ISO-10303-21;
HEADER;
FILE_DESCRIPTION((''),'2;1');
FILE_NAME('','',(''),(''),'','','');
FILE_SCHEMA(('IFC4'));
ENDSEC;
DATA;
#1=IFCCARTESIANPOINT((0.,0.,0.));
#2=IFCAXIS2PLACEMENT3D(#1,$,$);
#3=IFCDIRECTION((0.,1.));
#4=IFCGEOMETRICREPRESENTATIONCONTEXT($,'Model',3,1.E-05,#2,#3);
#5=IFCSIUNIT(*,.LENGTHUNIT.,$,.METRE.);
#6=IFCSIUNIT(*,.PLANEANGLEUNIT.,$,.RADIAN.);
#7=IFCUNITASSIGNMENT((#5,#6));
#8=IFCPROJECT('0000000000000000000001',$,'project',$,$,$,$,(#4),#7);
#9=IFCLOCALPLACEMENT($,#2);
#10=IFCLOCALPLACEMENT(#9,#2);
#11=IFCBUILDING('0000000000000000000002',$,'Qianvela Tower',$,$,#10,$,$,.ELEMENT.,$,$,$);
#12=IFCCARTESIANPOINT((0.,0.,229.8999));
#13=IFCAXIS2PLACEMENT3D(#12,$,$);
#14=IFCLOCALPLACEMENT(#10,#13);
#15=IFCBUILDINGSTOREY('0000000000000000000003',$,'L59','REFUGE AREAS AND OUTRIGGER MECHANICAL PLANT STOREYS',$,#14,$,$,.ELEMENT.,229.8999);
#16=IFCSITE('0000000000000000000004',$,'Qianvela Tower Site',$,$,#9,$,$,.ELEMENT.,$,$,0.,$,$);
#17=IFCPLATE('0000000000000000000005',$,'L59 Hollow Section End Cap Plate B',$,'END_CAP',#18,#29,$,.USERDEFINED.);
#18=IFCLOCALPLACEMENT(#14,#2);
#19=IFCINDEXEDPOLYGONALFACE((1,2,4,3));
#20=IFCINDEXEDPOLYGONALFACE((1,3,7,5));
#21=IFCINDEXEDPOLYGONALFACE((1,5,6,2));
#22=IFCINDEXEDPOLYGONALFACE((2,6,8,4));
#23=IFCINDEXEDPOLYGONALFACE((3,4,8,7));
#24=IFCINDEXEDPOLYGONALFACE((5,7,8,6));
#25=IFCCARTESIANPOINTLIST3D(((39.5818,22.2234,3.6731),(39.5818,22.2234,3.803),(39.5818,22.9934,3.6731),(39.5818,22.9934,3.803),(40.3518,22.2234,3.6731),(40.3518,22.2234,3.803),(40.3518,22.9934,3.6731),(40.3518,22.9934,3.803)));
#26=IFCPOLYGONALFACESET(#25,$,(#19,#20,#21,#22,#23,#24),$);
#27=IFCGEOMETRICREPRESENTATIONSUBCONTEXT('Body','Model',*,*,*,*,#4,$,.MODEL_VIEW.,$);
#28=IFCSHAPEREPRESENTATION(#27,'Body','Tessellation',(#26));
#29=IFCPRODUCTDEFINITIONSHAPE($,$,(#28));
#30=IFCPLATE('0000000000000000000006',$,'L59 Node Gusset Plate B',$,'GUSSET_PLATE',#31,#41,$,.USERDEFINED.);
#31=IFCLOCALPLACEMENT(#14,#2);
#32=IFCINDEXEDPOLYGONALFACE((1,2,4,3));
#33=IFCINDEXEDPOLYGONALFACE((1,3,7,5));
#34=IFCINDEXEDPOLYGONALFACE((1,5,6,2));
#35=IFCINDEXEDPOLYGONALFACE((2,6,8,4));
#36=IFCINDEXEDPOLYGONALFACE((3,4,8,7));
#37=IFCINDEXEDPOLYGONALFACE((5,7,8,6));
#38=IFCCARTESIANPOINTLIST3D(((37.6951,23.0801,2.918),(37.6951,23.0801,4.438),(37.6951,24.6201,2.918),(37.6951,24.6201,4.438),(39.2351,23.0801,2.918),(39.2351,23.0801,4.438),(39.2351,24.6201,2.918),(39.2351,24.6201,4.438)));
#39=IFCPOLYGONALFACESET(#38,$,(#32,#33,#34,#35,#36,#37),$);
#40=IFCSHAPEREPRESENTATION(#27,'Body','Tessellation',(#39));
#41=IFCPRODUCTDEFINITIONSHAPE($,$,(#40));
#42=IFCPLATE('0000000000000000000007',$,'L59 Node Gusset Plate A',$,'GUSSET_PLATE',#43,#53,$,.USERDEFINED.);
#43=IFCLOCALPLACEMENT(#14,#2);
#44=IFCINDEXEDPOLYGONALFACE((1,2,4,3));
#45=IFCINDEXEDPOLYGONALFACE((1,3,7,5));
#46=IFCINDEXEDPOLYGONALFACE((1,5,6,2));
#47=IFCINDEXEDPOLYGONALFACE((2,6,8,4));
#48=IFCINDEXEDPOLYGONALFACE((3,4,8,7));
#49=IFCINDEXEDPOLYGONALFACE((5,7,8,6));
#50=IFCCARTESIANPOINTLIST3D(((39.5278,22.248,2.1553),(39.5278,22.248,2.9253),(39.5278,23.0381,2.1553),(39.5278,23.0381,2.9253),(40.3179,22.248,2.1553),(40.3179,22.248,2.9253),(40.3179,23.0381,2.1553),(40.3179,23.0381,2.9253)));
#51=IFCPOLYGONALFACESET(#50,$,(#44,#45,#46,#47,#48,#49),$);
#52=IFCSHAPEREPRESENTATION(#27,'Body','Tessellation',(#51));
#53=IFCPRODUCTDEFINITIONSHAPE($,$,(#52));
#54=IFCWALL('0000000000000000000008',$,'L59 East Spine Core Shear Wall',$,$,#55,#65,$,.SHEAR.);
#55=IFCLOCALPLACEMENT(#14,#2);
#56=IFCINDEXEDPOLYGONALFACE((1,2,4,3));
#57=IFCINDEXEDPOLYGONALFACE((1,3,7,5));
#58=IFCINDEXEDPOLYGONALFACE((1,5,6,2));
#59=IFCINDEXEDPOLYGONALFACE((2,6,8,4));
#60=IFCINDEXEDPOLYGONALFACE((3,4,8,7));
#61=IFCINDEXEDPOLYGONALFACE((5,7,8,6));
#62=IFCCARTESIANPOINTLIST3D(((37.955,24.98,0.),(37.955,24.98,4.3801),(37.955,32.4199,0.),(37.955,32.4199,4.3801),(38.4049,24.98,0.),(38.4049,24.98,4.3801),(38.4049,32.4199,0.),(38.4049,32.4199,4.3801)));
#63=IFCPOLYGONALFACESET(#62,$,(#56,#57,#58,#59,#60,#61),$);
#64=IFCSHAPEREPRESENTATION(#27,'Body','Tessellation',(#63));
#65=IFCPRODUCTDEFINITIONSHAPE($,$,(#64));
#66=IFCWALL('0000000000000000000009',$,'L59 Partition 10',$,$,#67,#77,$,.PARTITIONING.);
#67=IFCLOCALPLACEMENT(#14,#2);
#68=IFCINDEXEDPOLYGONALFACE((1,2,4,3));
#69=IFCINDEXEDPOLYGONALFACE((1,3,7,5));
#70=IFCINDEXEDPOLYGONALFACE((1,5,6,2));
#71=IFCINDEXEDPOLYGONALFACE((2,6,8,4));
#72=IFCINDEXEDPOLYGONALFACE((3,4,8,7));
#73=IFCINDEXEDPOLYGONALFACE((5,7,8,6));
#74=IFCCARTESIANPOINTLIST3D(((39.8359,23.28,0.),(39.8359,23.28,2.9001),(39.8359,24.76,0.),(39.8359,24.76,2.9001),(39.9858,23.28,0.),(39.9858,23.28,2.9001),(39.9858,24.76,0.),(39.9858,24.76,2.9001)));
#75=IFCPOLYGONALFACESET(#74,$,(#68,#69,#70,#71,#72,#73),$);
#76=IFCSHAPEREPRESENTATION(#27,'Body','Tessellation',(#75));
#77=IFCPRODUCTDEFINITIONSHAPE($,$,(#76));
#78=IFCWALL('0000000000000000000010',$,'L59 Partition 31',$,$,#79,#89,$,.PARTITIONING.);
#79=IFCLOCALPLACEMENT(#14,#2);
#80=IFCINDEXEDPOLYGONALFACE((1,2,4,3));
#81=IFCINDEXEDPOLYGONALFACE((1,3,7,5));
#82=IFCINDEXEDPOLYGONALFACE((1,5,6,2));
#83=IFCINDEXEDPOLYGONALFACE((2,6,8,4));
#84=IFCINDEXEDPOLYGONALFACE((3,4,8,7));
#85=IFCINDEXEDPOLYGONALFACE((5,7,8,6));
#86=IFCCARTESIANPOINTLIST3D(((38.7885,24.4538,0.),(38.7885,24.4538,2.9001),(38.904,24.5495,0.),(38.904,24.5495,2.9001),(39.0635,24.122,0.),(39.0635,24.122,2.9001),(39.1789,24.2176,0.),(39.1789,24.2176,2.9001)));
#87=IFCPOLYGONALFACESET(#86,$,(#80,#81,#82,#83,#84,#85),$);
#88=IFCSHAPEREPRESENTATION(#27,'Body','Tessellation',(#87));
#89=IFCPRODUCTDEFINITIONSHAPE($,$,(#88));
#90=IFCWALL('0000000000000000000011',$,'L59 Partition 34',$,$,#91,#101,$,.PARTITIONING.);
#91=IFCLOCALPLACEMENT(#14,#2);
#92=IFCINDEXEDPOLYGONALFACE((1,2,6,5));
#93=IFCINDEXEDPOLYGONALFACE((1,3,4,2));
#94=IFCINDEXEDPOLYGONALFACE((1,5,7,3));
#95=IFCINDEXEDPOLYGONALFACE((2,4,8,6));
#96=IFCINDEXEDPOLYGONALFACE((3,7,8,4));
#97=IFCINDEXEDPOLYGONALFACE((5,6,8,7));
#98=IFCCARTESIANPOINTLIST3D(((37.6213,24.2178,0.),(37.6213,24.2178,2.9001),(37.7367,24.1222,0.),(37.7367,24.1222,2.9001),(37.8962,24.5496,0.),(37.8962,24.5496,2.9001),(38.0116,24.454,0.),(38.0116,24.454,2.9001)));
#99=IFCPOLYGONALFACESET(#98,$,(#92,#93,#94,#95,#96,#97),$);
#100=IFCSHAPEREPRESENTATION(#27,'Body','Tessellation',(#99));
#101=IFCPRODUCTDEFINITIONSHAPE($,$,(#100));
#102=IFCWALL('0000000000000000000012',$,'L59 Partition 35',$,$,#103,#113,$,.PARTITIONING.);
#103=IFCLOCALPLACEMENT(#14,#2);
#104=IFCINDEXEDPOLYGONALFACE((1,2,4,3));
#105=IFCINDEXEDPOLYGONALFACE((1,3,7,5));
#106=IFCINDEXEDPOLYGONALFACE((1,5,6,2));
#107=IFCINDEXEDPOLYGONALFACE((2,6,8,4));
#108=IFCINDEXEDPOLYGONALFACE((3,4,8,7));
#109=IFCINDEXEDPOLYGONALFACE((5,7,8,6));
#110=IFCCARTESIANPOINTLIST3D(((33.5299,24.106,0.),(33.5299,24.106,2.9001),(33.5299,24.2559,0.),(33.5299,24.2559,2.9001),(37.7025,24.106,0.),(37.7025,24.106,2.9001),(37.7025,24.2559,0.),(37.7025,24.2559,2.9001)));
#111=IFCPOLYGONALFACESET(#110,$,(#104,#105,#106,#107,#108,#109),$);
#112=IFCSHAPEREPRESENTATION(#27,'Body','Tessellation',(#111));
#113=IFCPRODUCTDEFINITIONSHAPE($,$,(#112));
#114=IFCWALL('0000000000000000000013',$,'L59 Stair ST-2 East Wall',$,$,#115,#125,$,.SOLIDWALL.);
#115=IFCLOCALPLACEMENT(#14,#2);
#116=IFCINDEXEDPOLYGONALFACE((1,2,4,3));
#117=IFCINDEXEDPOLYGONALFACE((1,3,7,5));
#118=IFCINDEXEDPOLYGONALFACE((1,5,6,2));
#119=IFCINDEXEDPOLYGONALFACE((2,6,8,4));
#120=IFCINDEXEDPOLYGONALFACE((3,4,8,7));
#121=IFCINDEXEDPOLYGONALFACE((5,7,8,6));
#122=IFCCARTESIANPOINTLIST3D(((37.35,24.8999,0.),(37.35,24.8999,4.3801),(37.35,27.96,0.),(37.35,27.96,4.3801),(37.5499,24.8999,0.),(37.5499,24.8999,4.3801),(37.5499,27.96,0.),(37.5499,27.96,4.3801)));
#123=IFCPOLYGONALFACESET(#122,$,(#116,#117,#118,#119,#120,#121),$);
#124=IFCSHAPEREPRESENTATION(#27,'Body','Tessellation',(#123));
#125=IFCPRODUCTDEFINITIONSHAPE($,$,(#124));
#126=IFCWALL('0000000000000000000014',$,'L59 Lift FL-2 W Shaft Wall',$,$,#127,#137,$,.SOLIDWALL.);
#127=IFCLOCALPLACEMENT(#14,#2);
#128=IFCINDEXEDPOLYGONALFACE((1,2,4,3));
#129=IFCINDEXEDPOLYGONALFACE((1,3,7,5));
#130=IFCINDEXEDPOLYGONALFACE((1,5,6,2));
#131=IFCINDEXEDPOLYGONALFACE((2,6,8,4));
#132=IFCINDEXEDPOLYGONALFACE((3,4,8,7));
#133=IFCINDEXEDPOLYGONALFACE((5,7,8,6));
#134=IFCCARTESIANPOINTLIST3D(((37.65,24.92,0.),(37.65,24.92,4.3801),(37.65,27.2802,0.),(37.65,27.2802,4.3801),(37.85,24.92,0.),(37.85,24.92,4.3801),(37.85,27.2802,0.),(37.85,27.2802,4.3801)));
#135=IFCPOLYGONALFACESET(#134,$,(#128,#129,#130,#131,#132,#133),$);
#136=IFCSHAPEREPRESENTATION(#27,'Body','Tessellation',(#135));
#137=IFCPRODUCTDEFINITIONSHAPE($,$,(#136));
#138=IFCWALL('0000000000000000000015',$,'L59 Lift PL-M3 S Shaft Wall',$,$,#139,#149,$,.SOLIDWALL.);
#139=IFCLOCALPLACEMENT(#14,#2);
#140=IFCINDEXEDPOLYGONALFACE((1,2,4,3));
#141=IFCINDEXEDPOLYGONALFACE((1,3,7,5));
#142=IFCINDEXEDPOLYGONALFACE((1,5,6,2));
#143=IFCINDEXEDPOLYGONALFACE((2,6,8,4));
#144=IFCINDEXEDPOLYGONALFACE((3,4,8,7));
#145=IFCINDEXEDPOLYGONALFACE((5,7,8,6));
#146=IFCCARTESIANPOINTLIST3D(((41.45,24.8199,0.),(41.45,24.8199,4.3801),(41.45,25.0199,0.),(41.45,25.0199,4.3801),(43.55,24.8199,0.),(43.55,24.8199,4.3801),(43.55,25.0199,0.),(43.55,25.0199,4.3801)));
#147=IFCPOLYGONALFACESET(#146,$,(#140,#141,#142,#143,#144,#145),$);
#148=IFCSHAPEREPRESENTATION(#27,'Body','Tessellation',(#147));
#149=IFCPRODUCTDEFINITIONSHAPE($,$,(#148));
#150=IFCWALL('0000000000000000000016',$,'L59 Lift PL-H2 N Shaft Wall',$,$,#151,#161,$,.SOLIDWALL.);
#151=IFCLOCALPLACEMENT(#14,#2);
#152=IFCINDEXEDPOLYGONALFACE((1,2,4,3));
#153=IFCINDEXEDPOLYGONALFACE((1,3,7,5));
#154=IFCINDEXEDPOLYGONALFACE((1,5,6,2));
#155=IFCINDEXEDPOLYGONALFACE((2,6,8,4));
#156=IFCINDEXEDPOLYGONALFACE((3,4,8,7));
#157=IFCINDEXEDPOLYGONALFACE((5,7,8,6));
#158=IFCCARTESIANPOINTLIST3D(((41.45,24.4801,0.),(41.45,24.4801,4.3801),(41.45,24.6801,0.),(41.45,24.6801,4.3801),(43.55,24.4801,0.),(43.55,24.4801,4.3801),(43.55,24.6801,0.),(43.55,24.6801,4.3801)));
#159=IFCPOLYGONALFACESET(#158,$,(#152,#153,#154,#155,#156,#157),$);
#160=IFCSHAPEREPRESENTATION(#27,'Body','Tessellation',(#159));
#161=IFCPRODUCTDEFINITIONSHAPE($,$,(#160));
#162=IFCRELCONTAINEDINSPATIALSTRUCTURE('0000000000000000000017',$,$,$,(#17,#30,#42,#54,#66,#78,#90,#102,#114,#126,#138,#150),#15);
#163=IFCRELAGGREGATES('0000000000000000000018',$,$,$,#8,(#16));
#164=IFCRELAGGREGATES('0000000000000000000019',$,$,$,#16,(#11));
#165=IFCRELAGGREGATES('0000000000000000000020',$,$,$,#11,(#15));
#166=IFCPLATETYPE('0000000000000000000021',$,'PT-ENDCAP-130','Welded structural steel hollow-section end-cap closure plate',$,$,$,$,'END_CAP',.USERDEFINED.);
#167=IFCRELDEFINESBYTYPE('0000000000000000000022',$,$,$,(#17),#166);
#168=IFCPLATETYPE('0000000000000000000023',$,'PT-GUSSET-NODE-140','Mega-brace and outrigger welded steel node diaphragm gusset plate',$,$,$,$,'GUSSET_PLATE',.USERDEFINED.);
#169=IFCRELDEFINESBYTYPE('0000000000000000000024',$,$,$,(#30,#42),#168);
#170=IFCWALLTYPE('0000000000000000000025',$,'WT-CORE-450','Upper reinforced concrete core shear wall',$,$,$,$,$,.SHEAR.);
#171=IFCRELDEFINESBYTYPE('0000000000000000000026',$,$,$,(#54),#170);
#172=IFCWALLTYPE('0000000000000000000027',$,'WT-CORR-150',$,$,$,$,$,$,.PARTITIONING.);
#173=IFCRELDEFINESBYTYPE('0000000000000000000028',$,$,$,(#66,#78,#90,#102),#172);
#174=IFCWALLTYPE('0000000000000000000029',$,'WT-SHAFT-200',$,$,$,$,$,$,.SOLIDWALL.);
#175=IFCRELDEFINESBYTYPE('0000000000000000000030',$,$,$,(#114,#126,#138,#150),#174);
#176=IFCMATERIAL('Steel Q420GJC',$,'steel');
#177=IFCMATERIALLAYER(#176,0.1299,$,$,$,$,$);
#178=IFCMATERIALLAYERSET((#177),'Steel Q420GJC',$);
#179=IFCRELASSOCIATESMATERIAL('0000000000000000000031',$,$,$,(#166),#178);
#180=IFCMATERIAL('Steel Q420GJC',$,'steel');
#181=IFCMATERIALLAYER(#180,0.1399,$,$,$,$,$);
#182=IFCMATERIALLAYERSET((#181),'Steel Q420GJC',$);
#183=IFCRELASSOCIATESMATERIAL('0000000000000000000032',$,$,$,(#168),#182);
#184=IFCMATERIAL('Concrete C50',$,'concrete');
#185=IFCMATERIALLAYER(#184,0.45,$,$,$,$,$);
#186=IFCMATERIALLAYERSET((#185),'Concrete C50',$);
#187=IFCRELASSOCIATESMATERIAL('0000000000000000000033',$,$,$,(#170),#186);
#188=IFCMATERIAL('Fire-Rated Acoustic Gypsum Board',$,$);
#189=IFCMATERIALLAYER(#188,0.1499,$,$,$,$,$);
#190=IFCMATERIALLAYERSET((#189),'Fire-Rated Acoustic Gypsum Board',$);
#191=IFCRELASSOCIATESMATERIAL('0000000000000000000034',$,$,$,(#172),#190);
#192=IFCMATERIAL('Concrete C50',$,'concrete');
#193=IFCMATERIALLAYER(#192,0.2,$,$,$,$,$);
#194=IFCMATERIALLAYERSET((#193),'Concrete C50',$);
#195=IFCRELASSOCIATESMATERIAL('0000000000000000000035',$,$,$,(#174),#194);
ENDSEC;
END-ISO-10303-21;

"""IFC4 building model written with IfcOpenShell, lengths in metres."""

from ifc_helpers import new_model, si_unit, direction, frame, frame_2d, origin, origin_2d, place, context, subcontext, project, spatial, rectangle, extrude, material, layer, layer_set, type_object, element, save


model = new_model("IFC4")

# Units and contexts
model_context = context("Model", 3, precision=1e-05, world=origin(), true_north=direction((0.0, 1.0)))
body_context = subcontext(model_context, "Body", "Model", "MODEL_VIEW")
ifc_project = project(units=[si_unit("LENGTHUNIT", "METRE"), si_unit("PLANEANGLEUNIT", "RADIAN")], contexts=[model_context])

# Site, building, storey
site_placement = place(None, origin())
site = spatial("IfcSite", under=ifc_project, at=site_placement, Name="Qianvela Tower Site", CompositionType="ELEMENT", RefElevation=0.0)
building_placement = place(site_placement, origin())
building = spatial("IfcBuilding", under=site, at=building_placement, Name="Qianvela Tower", CompositionType="ELEMENT")
storey_placement = place(building_placement, frame((0.0, 0.0, 229.8999)))
storey = spatial("IfcBuildingStorey", under=building, at=storey_placement, Name="L59", Description="REFUGE AREAS AND OUTRIGGER MECHANICAL PLANT STOREYS", CompositionType="ELEMENT", Elevation=229.8999)

# Plates
ifc_material_1 = material(Name="Steel Q420GJC", Category="steel")
ifc_layer_1 = layer(ifc_material_1, 0.1299)
ifc_layer_set_1 = layer_set([ifc_layer_1], Name="Steel Q420GJC")
plate_type_1 = type_object("IfcPlateType", Name="PT-ENDCAP-130", Description="Welded structural steel hollow-section end-cap closure plate", ElementType="END_CAP", PredefinedType="USERDEFINED", material=ifc_layer_set_1)
plate_1_placement = place(storey_placement, frame((39.9668, 22.6084, 3.6731), z_axis=(0.0, 0.0, 1.0), x_axis=(1.0, 0.0, 0.0)))
element("IfcPlate", 1, at=plate_1_placement, inside=storey, type_object=plate_type_1, Name="L59 Hollow Section End Cap Plate B", ObjectType="END_CAP", PredefinedType="USERDEFINED", context=body_context, shape_type="SweptSolid", body=[
    extrude(rectangle(XDim=0.77, YDim=0.77, at=origin_2d()), origin(), (0.0, 0.0, 1.0), 0.1299),
])
ifc_material_2 = material(Name="Steel Q420GJC", Category="steel")
ifc_layer_2 = layer(ifc_material_2, 0.1399)
ifc_layer_set_2 = layer_set([ifc_layer_2], Name="Steel Q420GJC")
plate_type_2 = type_object("IfcPlateType", Name="PT-GUSSET-NODE-140", Description="Mega-brace and outrigger welded steel node diaphragm gusset plate", ElementType="GUSSET_PLATE", PredefinedType="USERDEFINED", material=ifc_layer_set_2)
plate_2_placement = place(storey_placement, frame((38.4651, 23.8501, 2.918), z_axis=(0.0, 0.0, 1.0), x_axis=(1.0, 0.0, 0.0)))
element("IfcPlate", 2, at=plate_2_placement, inside=storey, type_object=plate_type_2, Name="L59 Node Gusset Plate B", ObjectType="GUSSET_PLATE", PredefinedType="USERDEFINED", context=body_context, shape_type="SweptSolid", body=[
    extrude(rectangle(XDim=1.54, YDim=1.54, at=origin_2d()), origin(), (0.0, 0.0, 1.0), 1.52),
])
plate_3_placement = place(storey_placement, frame((39.9229, 22.6431, 2.1553), z_axis=(0.0, 0.0, 1.0), x_axis=(1.0, 0.0, 0.0)))
element("IfcPlate", 3, at=plate_3_placement, inside=storey, type_object=plate_type_2, Name="L59 Node Gusset Plate A", ObjectType="GUSSET_PLATE", PredefinedType="USERDEFINED", context=body_context, shape_type="SweptSolid", body=[
    extrude(rectangle(XDim=0.79, YDim=0.79, at=origin_2d()), origin(), (0.0, 0.0, 1.0), 0.77),
])

# Walls
ifc_material_3 = material(Name="Concrete C50", Category="concrete")
ifc_layer_3 = layer(ifc_material_3, 0.45)
ifc_layer_set_3 = layer_set([ifc_layer_3], Name="Concrete C50")
wall_type_1 = type_object("IfcWallType", Name="WT-CORE-450", Description="Upper reinforced concrete core shear wall", PredefinedType="SHEAR", material=ifc_layer_set_3)
wall_1_placement = place(storey_placement, frame((38.1799, 24.98, 0.0), z_axis=(0.0, 0.0, 1.0), x_axis=(0.0, 1.0, 0.0)))
element("IfcWall", 4, at=wall_1_placement, inside=storey, type_object=wall_type_1, Name="L59 East Spine Core Shear Wall", PredefinedType="SHEAR", context=body_context, shape_type="SweptSolid", body=[
    extrude(rectangle(XDim=7.4399, YDim=0.45, at=frame_2d((3.72, 0.0))), origin(), (0.0, 0.0, 1.0), 4.3801),
])
ifc_material_4 = material(Name="Fire-Rated Acoustic Gypsum Board")
ifc_layer_4 = layer(ifc_material_4, 0.1499)
ifc_layer_set_4 = layer_set([ifc_layer_4], Name="Fire-Rated Acoustic Gypsum Board")
wall_type_2 = type_object("IfcWallType", Name="WT-CORR-150", PredefinedType="PARTITIONING", material=ifc_layer_set_4)
wall_2_placement = place(storey_placement, frame((39.9109, 23.28, 0.0), z_axis=(0.0, 0.0, 1.0), x_axis=(0.0, 1.0, 0.0)))
element("IfcWall", 5, at=wall_2_placement, inside=storey, type_object=wall_type_2, Name="L59 Partition 10", PredefinedType="PARTITIONING", context=body_context, shape_type="SweptSolid", body=[
    extrude(rectangle(XDim=1.48, YDim=0.1499, at=frame_2d((0.74, 0.0))), origin(), (0.0, 0.0, 1.0), 2.9001),
])
for number, where, z_axis, x_axis, name in (
    (6, (39.1211, 24.1699, 0.0), (0.0, 0.0, 1.0), (-0.638008, 0.77003, 0.0), "L59 Partition 31"),
    (7, (37.9539, 24.5017, 0.0), (0.0, 0.0, 1.0), (-0.638008, -0.77003, 0.0), "L59 Partition 34"),
):
    element("IfcWall", number, at=place(storey_placement, frame(where, z_axis=z_axis, x_axis=x_axis)), inside=storey, type_object=wall_type_2, Name=name, PredefinedType="PARTITIONING", context=body_context, shape_type="SweptSolid", body=[
        extrude(rectangle(XDim=0.4309, YDim=0.1499, at=frame_2d((0.2153, 0.0))), origin(), (0.0, 0.0, 1.0), 2.9001),
    ])
wall_3_placement = place(storey_placement, frame((37.7026, 24.1809, 0.0), z_axis=(0.0, 0.0, 1.0), x_axis=(-1.0, 0.0, 0.0)))
element("IfcWall", 8, at=wall_3_placement, inside=storey, type_object=wall_type_2, Name="L59 Partition 35", PredefinedType="PARTITIONING", context=body_context, shape_type="SweptSolid", body=[
    extrude(rectangle(XDim=4.1726, YDim=0.1499, at=frame_2d((2.0864, 0.0))), origin(), (0.0, 0.0, 1.0), 2.9001),
])
ifc_material_5 = material(Name="Concrete C50", Category="concrete")
ifc_layer_5 = layer(ifc_material_5, 0.2)
ifc_layer_set_5 = layer_set([ifc_layer_5], Name="Concrete C50")
wall_type_3 = type_object("IfcWallType", Name="WT-SHAFT-200", PredefinedType="SOLIDWALL", material=ifc_layer_set_5)
wall_4_placement = place(storey_placement, frame((37.45, 24.8999, 0.0), z_axis=(0.0, 0.0, 1.0), x_axis=(0.0, 1.0, 0.0)))
element("IfcWall", 9, at=wall_4_placement, inside=storey, type_object=wall_type_3, Name="L59 Stair ST-2 East Wall", PredefinedType="SOLIDWALL", context=body_context, shape_type="SweptSolid", body=[
    extrude(rectangle(XDim=3.0601, YDim=0.2, at=frame_2d((1.53, 0.0))), origin(), (0.0, 0.0, 1.0), 4.3801),
])

# Wall
wall_5_placement = place(storey_placement, frame((37.75, 24.9199, 0.0), z_axis=(0.0, 0.0, 1.0), x_axis=(0.0, 1.0, 0.0)))
element("IfcWall", 10, at=wall_5_placement, inside=storey, type_object=wall_type_3, Name="L59 Lift FL-2 W Shaft Wall", PredefinedType="SOLIDWALL", context=body_context, shape_type="SweptSolid", body=[
    extrude(rectangle(XDim=2.3601, YDim=0.2, at=frame_2d((1.1802, 0.0))), origin(), (0.0, 0.0, 1.0), 4.3801),
])

# Walls
for number, where, z_axis, x_axis, name in (
    (11, (41.45, 24.9199, 0.0), (0.0, 0.0, 1.0), (1.0, 0.0, 0.0), "L59 Lift PL-M3 S Shaft Wall"),
    (12, (41.45, 24.5801, 0.0), (0.0, 0.0, 1.0), (1.0, 0.0, 0.0), "L59 Lift PL-H2 N Shaft Wall"),
):
    element("IfcWall", number, at=place(storey_placement, frame(where, z_axis=z_axis, x_axis=x_axis)), inside=storey, type_object=wall_type_3, Name=name, PredefinedType="SOLIDWALL", context=body_context, shape_type="SweptSolid", body=[
        extrude(rectangle(XDim=2.1001, YDim=0.2, at=frame_2d((1.05, 0.0))), origin(), (0.0, 0.0, 1.0), 4.3801),
    ])

save(model, "model.ifc")
